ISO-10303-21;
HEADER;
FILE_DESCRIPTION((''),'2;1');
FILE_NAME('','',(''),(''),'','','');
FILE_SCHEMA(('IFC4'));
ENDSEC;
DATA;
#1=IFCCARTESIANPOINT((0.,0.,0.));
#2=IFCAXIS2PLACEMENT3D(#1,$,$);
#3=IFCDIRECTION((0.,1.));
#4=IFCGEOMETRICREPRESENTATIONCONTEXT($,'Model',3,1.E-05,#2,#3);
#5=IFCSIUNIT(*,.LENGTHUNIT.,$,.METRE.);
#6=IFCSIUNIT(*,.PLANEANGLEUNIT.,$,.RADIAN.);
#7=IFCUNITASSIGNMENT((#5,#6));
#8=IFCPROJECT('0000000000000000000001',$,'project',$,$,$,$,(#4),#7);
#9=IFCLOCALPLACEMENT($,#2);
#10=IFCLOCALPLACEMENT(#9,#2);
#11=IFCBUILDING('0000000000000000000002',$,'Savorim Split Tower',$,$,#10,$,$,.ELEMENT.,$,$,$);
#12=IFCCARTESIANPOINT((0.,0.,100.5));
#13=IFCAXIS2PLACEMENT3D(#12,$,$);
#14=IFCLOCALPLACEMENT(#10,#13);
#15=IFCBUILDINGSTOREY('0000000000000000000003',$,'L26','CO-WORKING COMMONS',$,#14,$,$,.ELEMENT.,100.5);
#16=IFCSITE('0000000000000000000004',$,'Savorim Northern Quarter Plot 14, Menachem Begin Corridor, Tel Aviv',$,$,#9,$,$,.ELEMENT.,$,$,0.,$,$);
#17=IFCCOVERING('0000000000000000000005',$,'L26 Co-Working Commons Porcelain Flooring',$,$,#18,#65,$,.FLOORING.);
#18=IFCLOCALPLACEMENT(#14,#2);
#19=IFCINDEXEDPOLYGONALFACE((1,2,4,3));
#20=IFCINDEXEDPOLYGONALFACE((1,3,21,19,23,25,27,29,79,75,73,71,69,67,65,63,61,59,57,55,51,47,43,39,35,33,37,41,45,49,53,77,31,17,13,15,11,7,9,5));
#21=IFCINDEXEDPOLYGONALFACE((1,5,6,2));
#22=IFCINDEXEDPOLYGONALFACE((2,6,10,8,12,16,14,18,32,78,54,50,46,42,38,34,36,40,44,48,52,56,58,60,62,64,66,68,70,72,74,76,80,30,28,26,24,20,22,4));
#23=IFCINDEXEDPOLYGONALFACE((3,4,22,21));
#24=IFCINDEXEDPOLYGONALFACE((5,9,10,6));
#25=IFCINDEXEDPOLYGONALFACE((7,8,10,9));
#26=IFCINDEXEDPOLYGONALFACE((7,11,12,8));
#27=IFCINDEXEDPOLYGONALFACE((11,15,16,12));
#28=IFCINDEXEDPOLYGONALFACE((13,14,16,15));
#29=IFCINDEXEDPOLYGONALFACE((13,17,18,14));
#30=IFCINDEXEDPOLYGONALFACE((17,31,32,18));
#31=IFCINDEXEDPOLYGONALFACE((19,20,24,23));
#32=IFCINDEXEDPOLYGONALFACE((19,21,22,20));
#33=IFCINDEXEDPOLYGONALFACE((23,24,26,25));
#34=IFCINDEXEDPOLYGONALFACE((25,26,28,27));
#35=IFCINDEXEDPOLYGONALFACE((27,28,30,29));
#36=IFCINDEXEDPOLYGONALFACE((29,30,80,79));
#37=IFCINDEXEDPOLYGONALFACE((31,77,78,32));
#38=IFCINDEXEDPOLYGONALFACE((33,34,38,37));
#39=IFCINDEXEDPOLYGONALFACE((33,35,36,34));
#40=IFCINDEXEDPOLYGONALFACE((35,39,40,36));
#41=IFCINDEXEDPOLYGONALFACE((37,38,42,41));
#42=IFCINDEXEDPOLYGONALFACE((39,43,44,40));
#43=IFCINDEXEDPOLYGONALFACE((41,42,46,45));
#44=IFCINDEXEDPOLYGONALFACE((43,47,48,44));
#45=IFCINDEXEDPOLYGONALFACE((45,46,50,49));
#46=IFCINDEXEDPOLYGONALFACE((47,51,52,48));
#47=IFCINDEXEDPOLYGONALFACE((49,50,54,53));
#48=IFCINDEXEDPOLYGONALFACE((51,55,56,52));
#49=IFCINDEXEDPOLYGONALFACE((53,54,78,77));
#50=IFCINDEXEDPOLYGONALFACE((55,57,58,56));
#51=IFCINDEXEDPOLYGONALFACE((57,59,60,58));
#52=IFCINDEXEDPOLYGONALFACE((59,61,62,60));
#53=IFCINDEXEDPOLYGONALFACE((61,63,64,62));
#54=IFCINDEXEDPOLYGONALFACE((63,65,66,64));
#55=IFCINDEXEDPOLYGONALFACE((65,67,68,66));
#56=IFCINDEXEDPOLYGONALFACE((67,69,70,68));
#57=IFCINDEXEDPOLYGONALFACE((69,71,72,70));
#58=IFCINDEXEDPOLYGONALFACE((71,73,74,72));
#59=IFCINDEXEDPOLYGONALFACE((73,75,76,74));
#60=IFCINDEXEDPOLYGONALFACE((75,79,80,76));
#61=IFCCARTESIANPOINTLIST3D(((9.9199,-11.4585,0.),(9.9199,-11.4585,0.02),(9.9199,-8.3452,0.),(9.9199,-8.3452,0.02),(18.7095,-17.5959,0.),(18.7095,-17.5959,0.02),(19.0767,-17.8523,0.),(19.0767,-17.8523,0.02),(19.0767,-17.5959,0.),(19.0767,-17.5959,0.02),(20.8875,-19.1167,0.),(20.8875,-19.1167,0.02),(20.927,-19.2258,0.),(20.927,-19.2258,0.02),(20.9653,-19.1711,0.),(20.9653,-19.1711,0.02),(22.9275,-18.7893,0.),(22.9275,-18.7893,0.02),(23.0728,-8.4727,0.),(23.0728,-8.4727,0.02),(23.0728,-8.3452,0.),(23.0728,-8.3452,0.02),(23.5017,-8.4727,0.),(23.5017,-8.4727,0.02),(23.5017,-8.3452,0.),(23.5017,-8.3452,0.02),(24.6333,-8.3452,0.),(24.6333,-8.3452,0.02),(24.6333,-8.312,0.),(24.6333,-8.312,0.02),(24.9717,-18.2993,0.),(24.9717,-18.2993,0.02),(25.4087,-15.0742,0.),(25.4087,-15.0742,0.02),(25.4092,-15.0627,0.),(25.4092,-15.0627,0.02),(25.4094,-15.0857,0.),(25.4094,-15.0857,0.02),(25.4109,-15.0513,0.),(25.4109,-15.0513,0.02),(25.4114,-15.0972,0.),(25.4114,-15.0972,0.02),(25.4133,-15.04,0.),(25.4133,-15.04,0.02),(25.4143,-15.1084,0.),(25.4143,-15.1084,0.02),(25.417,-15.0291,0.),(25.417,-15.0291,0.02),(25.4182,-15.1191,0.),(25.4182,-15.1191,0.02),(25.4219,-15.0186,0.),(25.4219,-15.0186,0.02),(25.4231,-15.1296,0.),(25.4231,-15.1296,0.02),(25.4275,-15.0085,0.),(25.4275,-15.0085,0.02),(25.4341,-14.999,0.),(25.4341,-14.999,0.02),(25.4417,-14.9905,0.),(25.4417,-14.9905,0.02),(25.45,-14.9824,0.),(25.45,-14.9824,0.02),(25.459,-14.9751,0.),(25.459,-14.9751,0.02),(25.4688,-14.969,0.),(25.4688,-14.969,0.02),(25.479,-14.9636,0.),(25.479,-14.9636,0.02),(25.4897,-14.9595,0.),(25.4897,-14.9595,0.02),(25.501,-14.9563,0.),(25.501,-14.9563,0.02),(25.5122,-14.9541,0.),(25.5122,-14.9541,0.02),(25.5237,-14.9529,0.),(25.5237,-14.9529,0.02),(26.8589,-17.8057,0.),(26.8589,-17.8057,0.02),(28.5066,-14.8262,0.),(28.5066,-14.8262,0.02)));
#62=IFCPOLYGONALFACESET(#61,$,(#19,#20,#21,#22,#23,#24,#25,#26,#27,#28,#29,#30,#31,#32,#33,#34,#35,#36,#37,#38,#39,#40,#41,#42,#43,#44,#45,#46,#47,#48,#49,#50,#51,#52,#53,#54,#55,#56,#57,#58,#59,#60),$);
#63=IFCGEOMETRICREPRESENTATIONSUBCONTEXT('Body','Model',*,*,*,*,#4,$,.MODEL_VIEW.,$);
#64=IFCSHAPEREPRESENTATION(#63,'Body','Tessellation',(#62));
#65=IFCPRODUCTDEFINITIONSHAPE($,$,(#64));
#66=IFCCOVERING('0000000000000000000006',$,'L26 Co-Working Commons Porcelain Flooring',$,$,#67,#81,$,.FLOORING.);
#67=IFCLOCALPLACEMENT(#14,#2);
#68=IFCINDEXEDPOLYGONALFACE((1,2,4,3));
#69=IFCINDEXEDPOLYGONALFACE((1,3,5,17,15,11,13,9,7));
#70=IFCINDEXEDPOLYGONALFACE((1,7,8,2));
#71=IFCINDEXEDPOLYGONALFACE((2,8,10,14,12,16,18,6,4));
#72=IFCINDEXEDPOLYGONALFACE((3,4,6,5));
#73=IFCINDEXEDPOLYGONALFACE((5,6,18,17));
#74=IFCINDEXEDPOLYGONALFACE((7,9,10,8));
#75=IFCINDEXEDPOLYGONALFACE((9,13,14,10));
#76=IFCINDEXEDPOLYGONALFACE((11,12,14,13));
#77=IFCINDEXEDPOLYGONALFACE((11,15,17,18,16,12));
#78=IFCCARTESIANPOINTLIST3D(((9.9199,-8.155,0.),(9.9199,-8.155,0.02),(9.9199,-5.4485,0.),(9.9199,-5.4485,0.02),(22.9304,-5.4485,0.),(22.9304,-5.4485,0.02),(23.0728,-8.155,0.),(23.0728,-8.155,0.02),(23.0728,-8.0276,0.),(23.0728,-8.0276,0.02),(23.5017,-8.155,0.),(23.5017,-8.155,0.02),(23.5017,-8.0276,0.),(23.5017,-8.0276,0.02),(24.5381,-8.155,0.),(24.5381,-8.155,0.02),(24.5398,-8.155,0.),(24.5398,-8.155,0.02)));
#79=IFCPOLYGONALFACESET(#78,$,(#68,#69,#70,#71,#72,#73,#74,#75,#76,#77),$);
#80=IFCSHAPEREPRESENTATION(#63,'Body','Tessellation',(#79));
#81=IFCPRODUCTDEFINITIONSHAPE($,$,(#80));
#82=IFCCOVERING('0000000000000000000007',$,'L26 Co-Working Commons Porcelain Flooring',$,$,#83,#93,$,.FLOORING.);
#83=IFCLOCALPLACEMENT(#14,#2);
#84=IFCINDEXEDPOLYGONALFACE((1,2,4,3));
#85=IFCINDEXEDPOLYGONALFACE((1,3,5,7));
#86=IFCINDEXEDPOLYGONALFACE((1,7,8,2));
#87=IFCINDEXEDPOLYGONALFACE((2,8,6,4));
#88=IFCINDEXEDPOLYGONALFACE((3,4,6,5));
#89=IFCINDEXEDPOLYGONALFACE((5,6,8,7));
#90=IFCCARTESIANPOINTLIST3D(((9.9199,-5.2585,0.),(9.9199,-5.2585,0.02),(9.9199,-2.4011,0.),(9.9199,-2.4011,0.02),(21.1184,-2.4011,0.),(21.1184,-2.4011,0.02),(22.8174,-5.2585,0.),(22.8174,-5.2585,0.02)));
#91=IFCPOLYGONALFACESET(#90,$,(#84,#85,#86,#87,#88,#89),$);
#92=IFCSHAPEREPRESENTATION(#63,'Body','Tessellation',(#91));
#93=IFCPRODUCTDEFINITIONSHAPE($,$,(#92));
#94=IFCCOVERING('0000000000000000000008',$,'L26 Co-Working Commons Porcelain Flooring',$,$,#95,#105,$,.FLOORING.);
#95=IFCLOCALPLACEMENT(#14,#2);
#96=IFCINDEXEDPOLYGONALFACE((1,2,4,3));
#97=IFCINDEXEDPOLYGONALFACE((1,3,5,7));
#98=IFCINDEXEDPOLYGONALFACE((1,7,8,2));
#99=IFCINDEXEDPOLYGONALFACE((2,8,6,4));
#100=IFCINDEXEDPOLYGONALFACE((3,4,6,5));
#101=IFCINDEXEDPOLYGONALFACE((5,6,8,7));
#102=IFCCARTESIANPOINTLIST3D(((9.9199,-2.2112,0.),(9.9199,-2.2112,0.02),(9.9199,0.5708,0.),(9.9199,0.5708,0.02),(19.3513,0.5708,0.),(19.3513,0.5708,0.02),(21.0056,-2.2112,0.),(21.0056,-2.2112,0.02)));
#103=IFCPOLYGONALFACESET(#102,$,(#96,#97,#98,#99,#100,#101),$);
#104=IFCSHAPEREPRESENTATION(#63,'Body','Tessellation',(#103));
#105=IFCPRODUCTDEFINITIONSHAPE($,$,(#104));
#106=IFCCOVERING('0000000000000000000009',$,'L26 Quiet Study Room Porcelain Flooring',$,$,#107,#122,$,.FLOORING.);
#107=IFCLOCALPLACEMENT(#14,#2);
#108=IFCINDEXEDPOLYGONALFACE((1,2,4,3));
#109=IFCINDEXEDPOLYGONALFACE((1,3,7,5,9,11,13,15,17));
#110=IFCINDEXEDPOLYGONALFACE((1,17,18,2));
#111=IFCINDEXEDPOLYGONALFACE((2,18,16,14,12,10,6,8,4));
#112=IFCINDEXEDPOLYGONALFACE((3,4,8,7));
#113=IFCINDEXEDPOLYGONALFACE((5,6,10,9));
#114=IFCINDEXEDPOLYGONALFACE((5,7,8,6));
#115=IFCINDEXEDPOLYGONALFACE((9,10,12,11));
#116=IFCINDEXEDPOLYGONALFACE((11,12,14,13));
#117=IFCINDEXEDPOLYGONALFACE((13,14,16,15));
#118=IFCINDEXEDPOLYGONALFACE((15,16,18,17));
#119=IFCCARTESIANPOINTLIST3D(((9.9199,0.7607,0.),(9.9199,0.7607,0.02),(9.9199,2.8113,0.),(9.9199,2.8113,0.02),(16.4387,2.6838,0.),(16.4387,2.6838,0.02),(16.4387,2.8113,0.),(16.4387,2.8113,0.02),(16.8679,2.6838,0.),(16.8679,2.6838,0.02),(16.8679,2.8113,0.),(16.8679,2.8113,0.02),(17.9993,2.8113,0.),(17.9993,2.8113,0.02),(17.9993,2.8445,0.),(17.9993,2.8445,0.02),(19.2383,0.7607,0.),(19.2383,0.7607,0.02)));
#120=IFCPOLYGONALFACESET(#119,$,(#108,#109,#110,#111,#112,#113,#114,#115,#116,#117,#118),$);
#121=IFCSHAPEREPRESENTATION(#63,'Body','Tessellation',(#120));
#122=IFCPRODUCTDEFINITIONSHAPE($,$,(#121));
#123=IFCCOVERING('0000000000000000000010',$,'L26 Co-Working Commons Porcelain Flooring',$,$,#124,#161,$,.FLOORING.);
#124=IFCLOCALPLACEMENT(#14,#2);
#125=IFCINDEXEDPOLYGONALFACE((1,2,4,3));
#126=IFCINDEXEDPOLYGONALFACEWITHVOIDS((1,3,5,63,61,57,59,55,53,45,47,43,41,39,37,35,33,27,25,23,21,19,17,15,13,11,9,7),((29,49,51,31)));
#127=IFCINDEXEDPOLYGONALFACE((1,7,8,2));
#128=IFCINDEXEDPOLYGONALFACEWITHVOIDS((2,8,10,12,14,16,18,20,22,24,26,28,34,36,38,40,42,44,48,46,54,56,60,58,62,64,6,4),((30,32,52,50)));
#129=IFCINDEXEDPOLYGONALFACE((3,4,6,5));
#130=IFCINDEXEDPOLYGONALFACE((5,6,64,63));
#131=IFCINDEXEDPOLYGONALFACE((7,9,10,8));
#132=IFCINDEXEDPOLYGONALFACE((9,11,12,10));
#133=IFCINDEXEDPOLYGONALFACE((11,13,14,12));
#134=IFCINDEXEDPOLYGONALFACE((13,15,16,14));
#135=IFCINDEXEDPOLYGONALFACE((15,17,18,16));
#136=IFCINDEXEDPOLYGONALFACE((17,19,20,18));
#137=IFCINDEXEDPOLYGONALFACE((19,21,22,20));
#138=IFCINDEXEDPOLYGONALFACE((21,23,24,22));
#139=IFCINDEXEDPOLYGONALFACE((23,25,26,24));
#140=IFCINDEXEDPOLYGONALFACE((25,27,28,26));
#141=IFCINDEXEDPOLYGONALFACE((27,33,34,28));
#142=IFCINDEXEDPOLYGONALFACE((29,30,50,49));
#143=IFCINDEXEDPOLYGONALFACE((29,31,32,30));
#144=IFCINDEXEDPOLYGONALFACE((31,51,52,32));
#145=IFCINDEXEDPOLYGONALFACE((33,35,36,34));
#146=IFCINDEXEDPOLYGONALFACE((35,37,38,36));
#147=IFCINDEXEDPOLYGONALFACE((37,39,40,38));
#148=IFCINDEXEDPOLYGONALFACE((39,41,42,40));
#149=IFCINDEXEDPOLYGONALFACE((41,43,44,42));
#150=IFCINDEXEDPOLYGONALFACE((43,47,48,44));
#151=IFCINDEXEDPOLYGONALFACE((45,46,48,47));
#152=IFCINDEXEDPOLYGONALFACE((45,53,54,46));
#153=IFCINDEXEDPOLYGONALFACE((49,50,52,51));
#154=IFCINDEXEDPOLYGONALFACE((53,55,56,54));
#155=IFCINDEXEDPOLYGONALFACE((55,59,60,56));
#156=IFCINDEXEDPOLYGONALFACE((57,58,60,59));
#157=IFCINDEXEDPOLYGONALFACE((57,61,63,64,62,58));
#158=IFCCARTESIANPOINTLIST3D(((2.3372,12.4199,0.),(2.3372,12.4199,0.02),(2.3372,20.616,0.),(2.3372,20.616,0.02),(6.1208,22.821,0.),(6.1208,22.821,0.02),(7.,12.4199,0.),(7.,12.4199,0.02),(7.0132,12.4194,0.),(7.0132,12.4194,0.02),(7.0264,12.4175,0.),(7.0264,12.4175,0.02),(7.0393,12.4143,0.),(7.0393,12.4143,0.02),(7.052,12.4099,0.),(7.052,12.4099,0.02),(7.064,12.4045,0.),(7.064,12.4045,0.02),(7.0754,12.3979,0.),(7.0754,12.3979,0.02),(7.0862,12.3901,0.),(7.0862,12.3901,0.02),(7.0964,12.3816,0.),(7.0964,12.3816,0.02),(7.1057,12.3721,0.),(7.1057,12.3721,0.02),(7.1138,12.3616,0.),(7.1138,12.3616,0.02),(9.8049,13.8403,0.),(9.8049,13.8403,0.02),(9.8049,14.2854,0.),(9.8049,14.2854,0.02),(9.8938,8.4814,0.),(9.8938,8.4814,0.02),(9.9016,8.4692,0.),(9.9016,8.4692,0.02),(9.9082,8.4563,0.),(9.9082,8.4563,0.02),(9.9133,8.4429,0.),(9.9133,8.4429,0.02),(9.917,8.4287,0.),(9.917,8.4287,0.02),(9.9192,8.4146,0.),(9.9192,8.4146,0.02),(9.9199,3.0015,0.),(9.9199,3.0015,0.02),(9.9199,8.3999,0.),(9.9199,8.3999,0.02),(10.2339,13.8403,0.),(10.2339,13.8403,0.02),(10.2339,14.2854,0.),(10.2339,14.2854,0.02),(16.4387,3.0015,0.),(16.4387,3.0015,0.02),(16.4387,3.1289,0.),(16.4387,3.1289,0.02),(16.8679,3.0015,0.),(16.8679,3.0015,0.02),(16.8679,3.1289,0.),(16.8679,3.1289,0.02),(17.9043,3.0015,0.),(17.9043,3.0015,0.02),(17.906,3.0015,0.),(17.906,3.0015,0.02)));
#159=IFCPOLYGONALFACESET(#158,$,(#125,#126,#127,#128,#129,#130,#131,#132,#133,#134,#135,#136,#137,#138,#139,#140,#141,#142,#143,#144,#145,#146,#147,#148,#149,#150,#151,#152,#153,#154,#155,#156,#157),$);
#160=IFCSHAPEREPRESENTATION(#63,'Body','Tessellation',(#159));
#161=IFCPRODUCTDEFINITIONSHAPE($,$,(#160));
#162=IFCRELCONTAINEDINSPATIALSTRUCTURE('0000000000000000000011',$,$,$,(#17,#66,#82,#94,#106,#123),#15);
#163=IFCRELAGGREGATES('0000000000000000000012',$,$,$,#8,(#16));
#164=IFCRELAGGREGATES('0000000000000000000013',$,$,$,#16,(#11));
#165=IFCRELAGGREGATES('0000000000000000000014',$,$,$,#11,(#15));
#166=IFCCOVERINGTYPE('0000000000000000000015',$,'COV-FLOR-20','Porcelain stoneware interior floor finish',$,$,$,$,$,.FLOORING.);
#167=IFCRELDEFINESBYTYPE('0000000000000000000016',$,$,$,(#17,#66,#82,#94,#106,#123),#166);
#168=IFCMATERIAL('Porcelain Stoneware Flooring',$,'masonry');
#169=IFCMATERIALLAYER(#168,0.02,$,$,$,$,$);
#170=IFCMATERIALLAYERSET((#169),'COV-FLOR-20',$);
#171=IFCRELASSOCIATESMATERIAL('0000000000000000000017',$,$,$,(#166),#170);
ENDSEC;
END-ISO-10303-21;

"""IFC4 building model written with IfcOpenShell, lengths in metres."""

from ifc_helpers import new_model, si_unit, direction, frame, origin, place, context, subcontext, project, spatial, polyline, outline, extrude, material, layer, layer_set, type_object, element, save


model = new_model("IFC4")

# Units and contexts
model_context = context("Model", 3, precision=1e-05, world=origin(), true_north=direction((0.0, 1.0)))
body_context = subcontext(model_context, "Body", "Model", "MODEL_VIEW")
ifc_project = project(units=[si_unit("LENGTHUNIT", "METRE"), si_unit("PLANEANGLEUNIT", "RADIAN")], contexts=[model_context])

# Site, building, storey
site_placement = place(None, origin())
site = spatial("IfcSite", under=ifc_project, at=site_placement, Name="Savorim Northern Quarter Plot 14, Menachem Begin Corridor, Tel Aviv", CompositionType="ELEMENT", RefElevation=0.0)
building_placement = place(site_placement, origin())
building = spatial("IfcBuilding", under=site, at=building_placement, Name="Savorim Split Tower", CompositionType="ELEMENT")
storey_placement = place(building_placement, frame((0.0, 0.0, 100.5)))
storey = spatial("IfcBuildingStorey", under=building, at=storey_placement, Name="L26", Description="CO-WORKING COMMONS", CompositionType="ELEMENT", Elevation=100.5)

# Coverings
ifc_material_1 = material(Name="Porcelain Stoneware Flooring", Category="masonry")
ifc_layer_1 = layer(ifc_material_1, 0.02)
ifc_layer_set_1 = layer_set([ifc_layer_1], Name="COV-FLOR-20")
covering_type_1 = type_object("IfcCoveringType", Name="COV-FLOR-20", Description="Porcelain stoneware interior floor finish", PredefinedType="FLOORING", material=ifc_layer_set_1)
covering_1_placement = place(storey_placement, origin())
element("IfcCovering", 1, at=covering_1_placement, inside=storey, type_object=covering_type_1, Name="L26 Co-Working Commons Porcelain Flooring", PredefinedType="FLOORING", context=body_context, shape_type="SweptSolid", body=[
    extrude(outline(polyline([(25.501, -14.9563), (25.5122, -14.9541), (25.5237, -14.9529), (28.5066, -14.8262), (24.6333, -8.312), (24.6333, -8.3452), (23.5017, -8.3452), (23.5017, -8.4727), (23.0728, -8.4727), (23.0728, -8.3452), (9.9199, -8.3452), (9.9199, -11.4585), (18.7095, -17.5959), (19.0767, -17.5959), (19.0767, -17.8523), (20.8875, -19.1167), (20.9653, -19.1711), (20.927, -19.2258), (22.9275, -18.7893), (24.9717, -18.2993), (26.8589, -17.8057), (25.4231, -15.1296), (25.4182, -15.1191), (25.4143, -15.1084), (25.4114, -15.0972), (25.4094, -15.0857), (25.4087, -15.0742), (25.4092, -15.0627), (25.4109, -15.0513), (25.4133, -15.04), (25.417, -15.0291), (25.4219, -15.0186), (25.4275, -15.0085), (25.4341, -14.999), (25.4417, -14.9905), (25.45, -14.9824), (25.459, -14.9751), (25.4688, -14.969), (25.479, -14.9636), (25.4897, -14.9595), (25.501, -14.9563)])), origin(), (0.0, 0.0, 1.0), 0.02),
])
covering_2_placement = place(storey_placement, origin())
element("IfcCovering", 2, at=covering_2_placement, inside=storey, type_object=covering_type_1, Name="L26 Co-Working Commons Porcelain Flooring", PredefinedType="FLOORING", context=body_context, shape_type="SweptSolid", body=[
    extrude(outline(polyline([(23.5017, -8.0276), (23.5017, -8.155), (24.5381, -8.155), (24.5398, -8.155), (22.9304, -5.4485), (9.9199, -5.4485), (9.9199, -8.155), (23.0728, -8.155), (23.0728, -8.0276), (23.5017, -8.0276)])), origin(), (0.0, 0.0, 1.0), 0.02),
])
covering_3_placement = place(storey_placement, origin())
element("IfcCovering", 3, at=covering_3_placement, inside=storey, type_object=covering_type_1, Name="L26 Co-Working Commons Porcelain Flooring", PredefinedType="FLOORING", context=body_context, shape_type="SweptSolid", body=[
    extrude(outline(polyline([(22.8174, -5.2585), (21.1184, -2.4011), (9.9199, -2.4011), (9.9199, -5.2585), (22.8174, -5.2585)])), origin(), (0.0, 0.0, 1.0), 0.02),
])
covering_4_placement = place(storey_placement, origin())
element("IfcCovering", 4, at=covering_4_placement, inside=storey, type_object=covering_type_1, Name="L26 Co-Working Commons Porcelain Flooring", PredefinedType="FLOORING", context=body_context, shape_type="SweptSolid", body=[
    extrude(outline(polyline([(21.0056, -2.2112), (19.3513, 0.5708), (9.9199, 0.5708), (9.9199, -2.2112), (21.0056, -2.2112)])), origin(), (0.0, 0.0, 1.0), 0.02),
])
covering_5_placement = place(storey_placement, origin())
element("IfcCovering", 5, at=covering_5_placement, inside=storey, type_object=covering_type_1, Name="L26 Quiet Study Room Porcelain Flooring", PredefinedType="FLOORING", context=body_context, shape_type="SweptSolid", body=[
    extrude(outline(polyline([(16.4387, 2.6838), (16.4387, 2.8113), (9.9199, 2.8113), (9.9199, 0.7607), (19.2383, 0.7607), (17.9993, 2.8445), (17.9993, 2.8113), (16.8679, 2.8113), (16.8679, 2.6838), (16.4387, 2.6838)])), origin(), (0.0, 0.0, 1.0), 0.02),
])
covering_6_placement = place(storey_placement, origin())
element("IfcCovering", 6, at=covering_6_placement, inside=storey, type_object=covering_type_1, Name="L26 Co-Working Commons Porcelain Flooring", PredefinedType="FLOORING", context=body_context, shape_type="SweptSolid", body=[
    extrude(outline(polyline([(17.9043, 3.0015), (17.906, 3.0015), (6.1208, 22.821), (2.3372, 20.616), (2.3372, 12.4199), (7.0, 12.4199), (7.0132, 12.4194), (7.0264, 12.4175), (7.0393, 12.4143), (7.052, 12.4099), (7.064, 12.4045), (7.0754, 12.3979), (7.0862, 12.3901), (7.0964, 12.3816), (7.1057, 12.3721), (7.1138, 12.3616), (9.8938, 8.4814), (9.9016, 8.4692), (9.9082, 8.4563), (9.9133, 8.4429), (9.917, 8.4287), (9.9192, 8.4146), (9.9199, 8.3999), (9.9199, 3.0015), (16.4387, 3.0015), (16.4387, 3.1289), (16.8679, 3.1289), (16.8679, 3.0015), (17.9043, 3.0015)]), holes=[polyline([(10.2339, 14.2854), (9.8049, 14.2854), (9.8049, 13.8403), (10.2339, 13.8403), (10.2339, 14.2854)])]), origin(), (0.0, 0.0, 1.0), 0.02),
])

save(model, "model.ifc")
